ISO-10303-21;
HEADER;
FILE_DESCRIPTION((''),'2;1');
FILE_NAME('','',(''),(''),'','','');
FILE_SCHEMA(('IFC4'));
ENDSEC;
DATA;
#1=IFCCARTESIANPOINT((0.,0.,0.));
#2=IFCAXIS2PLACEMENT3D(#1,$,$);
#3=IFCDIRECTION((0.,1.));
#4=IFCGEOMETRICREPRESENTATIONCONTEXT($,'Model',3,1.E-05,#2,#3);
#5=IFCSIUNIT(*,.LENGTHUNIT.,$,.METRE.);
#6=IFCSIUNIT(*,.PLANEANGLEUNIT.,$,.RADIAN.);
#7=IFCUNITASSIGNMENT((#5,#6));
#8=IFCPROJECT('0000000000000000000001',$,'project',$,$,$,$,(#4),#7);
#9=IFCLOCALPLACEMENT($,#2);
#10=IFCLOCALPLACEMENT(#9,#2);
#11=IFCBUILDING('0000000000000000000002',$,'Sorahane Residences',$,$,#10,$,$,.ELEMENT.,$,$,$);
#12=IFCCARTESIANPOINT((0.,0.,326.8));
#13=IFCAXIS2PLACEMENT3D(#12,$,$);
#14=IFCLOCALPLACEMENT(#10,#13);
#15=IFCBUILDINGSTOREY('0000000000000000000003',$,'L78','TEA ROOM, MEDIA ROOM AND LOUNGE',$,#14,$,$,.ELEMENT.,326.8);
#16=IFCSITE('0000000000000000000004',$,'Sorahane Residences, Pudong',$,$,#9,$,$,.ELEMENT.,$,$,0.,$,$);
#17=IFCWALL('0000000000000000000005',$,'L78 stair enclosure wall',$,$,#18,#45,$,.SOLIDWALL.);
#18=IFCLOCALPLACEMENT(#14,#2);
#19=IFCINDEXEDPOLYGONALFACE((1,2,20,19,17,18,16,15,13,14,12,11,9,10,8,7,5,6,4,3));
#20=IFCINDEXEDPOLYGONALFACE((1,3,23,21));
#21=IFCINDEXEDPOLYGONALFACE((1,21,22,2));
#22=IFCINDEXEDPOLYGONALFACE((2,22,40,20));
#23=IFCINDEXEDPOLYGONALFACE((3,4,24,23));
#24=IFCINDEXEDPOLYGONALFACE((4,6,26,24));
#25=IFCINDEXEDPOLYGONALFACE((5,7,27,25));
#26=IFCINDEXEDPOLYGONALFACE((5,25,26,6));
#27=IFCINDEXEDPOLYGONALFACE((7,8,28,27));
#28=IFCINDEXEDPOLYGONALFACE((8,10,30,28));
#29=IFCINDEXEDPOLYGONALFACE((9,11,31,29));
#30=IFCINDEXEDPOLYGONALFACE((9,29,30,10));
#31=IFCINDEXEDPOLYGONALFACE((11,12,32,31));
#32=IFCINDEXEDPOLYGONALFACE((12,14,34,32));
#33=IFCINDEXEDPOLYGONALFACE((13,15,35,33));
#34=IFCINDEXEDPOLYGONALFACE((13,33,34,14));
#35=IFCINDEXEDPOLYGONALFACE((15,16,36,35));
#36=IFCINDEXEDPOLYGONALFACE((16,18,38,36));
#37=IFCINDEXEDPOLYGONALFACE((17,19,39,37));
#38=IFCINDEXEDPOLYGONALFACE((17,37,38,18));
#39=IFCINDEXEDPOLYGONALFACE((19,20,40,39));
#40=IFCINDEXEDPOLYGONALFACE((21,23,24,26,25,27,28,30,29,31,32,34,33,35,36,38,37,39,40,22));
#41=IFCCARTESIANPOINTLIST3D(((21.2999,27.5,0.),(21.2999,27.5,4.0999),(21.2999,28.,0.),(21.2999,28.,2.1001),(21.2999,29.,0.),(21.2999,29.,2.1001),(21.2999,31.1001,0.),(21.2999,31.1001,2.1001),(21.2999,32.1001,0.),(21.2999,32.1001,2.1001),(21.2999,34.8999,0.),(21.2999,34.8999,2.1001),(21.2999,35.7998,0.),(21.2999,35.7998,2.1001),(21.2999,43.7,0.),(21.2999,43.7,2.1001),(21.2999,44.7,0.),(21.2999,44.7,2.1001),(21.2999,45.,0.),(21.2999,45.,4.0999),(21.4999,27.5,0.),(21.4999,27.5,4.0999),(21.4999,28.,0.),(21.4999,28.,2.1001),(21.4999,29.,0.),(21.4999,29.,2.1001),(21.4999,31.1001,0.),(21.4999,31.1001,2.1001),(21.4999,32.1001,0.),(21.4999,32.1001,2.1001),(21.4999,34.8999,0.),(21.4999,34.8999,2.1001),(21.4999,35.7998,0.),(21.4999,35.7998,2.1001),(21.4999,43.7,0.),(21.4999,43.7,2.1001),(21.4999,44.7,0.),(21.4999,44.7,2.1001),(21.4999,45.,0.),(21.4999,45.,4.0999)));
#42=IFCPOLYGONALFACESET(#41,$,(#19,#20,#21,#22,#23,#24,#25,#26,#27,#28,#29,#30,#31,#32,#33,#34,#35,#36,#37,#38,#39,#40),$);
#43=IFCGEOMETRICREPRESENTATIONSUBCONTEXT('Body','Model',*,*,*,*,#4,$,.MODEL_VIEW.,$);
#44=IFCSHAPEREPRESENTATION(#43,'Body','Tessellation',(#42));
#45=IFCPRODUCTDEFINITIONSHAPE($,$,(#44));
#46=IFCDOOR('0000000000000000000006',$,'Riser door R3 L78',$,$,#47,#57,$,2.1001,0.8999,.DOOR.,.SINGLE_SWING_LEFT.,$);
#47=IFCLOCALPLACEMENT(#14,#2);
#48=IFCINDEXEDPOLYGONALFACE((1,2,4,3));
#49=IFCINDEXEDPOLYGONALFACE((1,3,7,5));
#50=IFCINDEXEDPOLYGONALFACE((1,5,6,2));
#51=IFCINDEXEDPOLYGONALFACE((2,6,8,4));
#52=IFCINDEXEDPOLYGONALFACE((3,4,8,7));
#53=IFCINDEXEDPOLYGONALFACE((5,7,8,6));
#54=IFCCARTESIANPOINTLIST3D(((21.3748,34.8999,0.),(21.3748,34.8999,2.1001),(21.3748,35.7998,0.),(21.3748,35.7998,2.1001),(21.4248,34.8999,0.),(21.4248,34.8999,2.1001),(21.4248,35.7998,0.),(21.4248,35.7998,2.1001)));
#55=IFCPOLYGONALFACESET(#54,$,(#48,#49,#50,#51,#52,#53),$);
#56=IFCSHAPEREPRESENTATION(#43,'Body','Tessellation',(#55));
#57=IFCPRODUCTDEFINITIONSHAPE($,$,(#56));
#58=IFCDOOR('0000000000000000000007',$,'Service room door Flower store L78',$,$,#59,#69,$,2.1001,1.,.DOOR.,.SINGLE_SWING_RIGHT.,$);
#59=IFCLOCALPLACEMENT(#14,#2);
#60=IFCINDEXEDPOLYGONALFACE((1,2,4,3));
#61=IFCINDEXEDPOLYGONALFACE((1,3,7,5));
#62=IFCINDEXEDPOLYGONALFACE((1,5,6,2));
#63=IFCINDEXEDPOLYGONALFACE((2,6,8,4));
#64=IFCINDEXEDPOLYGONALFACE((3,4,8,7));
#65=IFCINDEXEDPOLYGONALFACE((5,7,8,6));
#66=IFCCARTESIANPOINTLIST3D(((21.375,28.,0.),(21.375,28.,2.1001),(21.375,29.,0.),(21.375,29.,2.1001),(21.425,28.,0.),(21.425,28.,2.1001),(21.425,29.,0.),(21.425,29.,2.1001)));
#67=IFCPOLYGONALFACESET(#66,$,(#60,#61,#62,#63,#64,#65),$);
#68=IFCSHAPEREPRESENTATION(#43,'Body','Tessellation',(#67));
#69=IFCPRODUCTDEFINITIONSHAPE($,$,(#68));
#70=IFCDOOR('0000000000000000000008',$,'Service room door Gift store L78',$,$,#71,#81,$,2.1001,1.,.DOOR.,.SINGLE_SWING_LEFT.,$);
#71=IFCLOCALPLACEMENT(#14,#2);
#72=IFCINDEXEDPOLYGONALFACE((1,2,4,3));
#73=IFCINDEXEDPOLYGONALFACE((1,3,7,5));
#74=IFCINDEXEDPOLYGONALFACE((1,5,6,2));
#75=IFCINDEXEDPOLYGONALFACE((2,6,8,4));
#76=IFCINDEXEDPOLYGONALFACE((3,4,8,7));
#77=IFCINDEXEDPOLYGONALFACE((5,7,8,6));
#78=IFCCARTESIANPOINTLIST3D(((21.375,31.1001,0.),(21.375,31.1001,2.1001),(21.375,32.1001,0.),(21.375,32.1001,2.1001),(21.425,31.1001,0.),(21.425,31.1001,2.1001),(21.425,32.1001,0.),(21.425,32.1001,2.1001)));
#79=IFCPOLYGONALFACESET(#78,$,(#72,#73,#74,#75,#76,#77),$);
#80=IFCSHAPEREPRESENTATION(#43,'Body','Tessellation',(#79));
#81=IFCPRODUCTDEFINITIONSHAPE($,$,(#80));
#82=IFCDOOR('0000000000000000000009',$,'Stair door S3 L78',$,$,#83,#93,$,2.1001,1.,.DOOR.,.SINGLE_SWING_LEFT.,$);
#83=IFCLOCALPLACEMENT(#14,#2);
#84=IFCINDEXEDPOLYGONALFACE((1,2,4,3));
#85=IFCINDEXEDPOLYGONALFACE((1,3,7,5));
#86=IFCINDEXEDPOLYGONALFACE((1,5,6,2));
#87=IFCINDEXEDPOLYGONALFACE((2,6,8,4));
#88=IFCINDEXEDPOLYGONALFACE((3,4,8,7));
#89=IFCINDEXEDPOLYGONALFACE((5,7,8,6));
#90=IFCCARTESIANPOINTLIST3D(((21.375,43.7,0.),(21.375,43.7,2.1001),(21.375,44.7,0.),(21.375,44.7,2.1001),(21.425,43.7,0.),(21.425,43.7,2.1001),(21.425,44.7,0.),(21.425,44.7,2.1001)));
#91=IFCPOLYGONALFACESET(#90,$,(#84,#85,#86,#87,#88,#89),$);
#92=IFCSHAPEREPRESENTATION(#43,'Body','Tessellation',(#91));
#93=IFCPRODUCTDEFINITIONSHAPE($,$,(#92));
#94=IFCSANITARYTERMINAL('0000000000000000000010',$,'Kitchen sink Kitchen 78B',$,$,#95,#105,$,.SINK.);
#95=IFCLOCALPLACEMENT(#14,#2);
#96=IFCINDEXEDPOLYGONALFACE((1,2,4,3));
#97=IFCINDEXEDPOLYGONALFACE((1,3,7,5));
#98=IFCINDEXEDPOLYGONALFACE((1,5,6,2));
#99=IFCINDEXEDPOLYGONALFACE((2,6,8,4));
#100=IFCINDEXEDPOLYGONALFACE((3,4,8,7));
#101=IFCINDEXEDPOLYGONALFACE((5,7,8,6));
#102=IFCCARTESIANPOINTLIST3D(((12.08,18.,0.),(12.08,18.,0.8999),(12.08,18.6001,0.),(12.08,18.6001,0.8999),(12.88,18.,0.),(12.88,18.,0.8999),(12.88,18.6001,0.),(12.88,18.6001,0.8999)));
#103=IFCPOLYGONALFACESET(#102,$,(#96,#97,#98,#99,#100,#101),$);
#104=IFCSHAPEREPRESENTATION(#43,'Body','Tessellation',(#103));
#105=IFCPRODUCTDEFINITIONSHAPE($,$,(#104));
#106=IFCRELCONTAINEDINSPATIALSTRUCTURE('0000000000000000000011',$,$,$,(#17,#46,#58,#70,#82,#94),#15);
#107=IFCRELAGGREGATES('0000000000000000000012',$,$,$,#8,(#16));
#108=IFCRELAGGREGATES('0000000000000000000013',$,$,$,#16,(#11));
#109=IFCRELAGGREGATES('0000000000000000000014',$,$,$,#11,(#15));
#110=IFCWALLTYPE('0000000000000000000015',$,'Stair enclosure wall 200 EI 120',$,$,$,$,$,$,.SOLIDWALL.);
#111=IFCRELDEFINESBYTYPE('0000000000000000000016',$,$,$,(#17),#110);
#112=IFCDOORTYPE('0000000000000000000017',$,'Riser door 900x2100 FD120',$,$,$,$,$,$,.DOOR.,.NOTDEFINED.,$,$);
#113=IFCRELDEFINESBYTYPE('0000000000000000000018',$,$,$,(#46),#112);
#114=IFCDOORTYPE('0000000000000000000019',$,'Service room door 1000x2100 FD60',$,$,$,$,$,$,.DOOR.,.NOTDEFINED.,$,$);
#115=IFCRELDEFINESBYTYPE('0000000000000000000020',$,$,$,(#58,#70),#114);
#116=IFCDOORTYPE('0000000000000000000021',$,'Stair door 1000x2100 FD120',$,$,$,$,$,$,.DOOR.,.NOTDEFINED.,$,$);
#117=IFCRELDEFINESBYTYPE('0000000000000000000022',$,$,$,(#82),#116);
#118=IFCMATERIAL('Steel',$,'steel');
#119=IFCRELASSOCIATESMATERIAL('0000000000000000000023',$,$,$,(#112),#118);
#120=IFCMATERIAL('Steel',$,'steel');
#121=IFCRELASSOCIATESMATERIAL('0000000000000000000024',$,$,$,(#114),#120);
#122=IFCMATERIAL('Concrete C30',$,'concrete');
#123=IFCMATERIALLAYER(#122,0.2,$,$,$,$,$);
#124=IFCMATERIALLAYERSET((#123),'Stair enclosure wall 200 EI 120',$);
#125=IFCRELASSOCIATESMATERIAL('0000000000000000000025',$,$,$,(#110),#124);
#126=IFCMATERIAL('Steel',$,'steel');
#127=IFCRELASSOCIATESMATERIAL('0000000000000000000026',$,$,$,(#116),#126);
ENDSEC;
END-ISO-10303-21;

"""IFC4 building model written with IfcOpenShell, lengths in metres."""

from ifc_helpers import new_model, si_unit, direction, frame, frame_2d, origin, origin_2d, place, context, subcontext, project, spatial, rectangle, extrude, material, layer, layer_set, type_object, element, fill, save


model = new_model("IFC4")

# Units and contexts
model_context = context("Model", 3, precision=1e-05, world=origin(), true_north=direction((0.0, 1.0)))
body_context = subcontext(model_context, "Body", "Model", "MODEL_VIEW")
ifc_project = project(units=[si_unit("LENGTHUNIT", "METRE"), si_unit("PLANEANGLEUNIT", "RADIAN")], contexts=[model_context])

# Site, building, storey
site_placement = place(None, origin())
site = spatial("IfcSite", under=ifc_project, at=site_placement, Name="Sorahane Residences, Pudong", CompositionType="ELEMENT", RefElevation=0.0)
building_placement = place(site_placement, origin())
building = spatial("IfcBuilding", under=site, at=building_placement, Name="Sorahane Residences", CompositionType="ELEMENT")
storey_placement = place(building_placement, frame((0.0, 0.0, 326.8)))
storey = spatial("IfcBuildingStorey", under=building, at=storey_placement, Name="L78", Description="TEA ROOM, MEDIA ROOM AND LOUNGE", CompositionType="ELEMENT", Elevation=326.8)

# Shared definitions
ifc_material_1 = material(Name="Steel", Category="steel")
door_type_1 = type_object("IfcDoorType", Name="Riser door 900x2100 FD120", OperationType="NOTDEFINED", PredefinedType="DOOR", material=ifc_material_1)
ifc_material_2 = material(Name="Steel", Category="steel")
door_type_2 = type_object("IfcDoorType", Name="Service room door 1000x2100 FD60", OperationType="NOTDEFINED", PredefinedType="DOOR", material=ifc_material_2)

# Wall, openings, doors
ifc_material_3 = material(Name="Concrete C30", Category="concrete")
ifc_layer_1 = layer(ifc_material_3, 0.2)
ifc_layer_set_1 = layer_set([ifc_layer_1], Name="Stair enclosure wall 200 EI 120")
wall_type_1 = type_object("IfcWallType", Name="Stair enclosure wall 200 EI 120", PredefinedType="SOLIDWALL", material=ifc_layer_set_1)
wall_1_placement = place(storey_placement, frame((21.3999, 27.5, 0.0), z_axis=(0.0, 0.0, 1.0), x_axis=(0.0, 1.0, 0.0)))
wall_1 = element("IfcWall", 1, at=wall_1_placement, inside=storey, type_object=wall_type_1, Name="L78 stair enclosure wall", PredefinedType="SOLIDWALL", context=body_context, shape_type="SweptSolid", body=[
    extrude(rectangle(XDim=17.5, YDim=0.2, at=frame_2d((8.75, 0.0))), origin(), (0.0, 0.0, 1.0), 4.0999),
])
opening_1_placement = place(wall_1_placement, frame((0.5, 0.0, 0.0)))
opening_1 = element("IfcOpeningElement", 2, at=opening_1_placement, cuts=wall_1, PredefinedType="OPENING", context=body_context, shape_type="SweptSolid", body=[
    extrude(rectangle(XDim=1.0, YDim=2.1001, at=frame_2d((0.5, 1.05))), frame((0.0, 0.1099, 0.0), z_axis=(0.0, -1.0, 0.0), x_axis=(1.0, 0.0, 0.0)), (0.0, 0.0, 1.0), 0.22),
])
opening_2_placement = place(wall_1_placement, frame((3.6001, 0.0, 0.0)))
opening_2 = element("IfcOpeningElement", 3, at=opening_2_placement, cuts=wall_1, PredefinedType="OPENING", context=body_context, shape_type="SweptSolid", body=[
    extrude(rectangle(XDim=1.0, YDim=2.1001, at=frame_2d((0.5, 1.05))), frame((0.0, 0.1099, 0.0), z_axis=(0.0, -1.0, 0.0), x_axis=(1.0, 0.0, 0.0)), (0.0, 0.0, 1.0), 0.22),
])
opening_3_placement = place(wall_1_placement, frame((16.2, 0.0, 0.0)))
opening_3 = element("IfcOpeningElement", 4, at=opening_3_placement, cuts=wall_1, PredefinedType="OPENING", context=body_context, shape_type="SweptSolid", body=[
    extrude(rectangle(XDim=1.0, YDim=2.1001, at=frame_2d((0.5, 1.05))), frame((0.0, 0.1099, 0.0), z_axis=(0.0, -1.0, 0.0), x_axis=(1.0, 0.0, 0.0)), (0.0, 0.0, 1.0), 0.22),
])
opening_4_placement = place(wall_1_placement, frame((7.3999, 0.0, 0.0)))
opening_4 = element("IfcOpeningElement", 5, at=opening_4_placement, cuts=wall_1, PredefinedType="OPENING", context=body_context, shape_type="SweptSolid", body=[
    extrude(rectangle(XDim=0.8999, YDim=2.1001, at=frame_2d((0.45, 1.05))), frame((0.0, 0.1099, 0.0), z_axis=(0.0, -1.0, 0.0), x_axis=(1.0, 0.0, 0.0)), (0.0, 0.0, 1.0), 0.22),
])
door_1_placement = place(opening_4_placement, frame((0.8999, 0.0, 0.0), z_axis=(0.0, 0.0, 1.0), x_axis=(-1.0, 0.0, 0.0)))
door_1 = element("IfcDoor", 6, at=door_1_placement, inside=storey, type_object=door_type_1, Name="Riser door R3 L78", OperationType="SINGLE_SWING_LEFT", OverallHeight=2.1001, OverallWidth=0.8999, PredefinedType="DOOR", context=body_context, shape_type="SweptSolid", body=[
    extrude(rectangle(XDim=0.8999, YDim=2.1001, at=frame_2d((0.45, 1.05))), frame((0.0, 0.0249, 0.0), z_axis=(0.0, -1.0, 0.0), x_axis=(1.0, 0.0, 0.0)), (0.0, 0.0, 1.0), 0.05),
])
fill(opening_4, door_1)
door_2_placement = place(opening_1_placement, origin())
door_2 = element("IfcDoor", 7, at=door_2_placement, inside=storey, type_object=door_type_2, Name="Service room door Flower store L78", OperationType="SINGLE_SWING_RIGHT", OverallHeight=2.1001, OverallWidth=1.0, PredefinedType="DOOR", context=body_context, shape_type="SweptSolid", body=[
    extrude(rectangle(XDim=1.0, YDim=2.1001, at=frame_2d((0.5, 1.05))), frame((0.0, 0.0249, 0.0), z_axis=(0.0, -1.0, 0.0), x_axis=(1.0, 0.0, 0.0)), (0.0, 0.0, 1.0), 0.05),
])
fill(opening_1, door_2)
door_3_placement = place(opening_2_placement, origin())
door_3 = element("IfcDoor", 8, at=door_3_placement, inside=storey, type_object=door_type_2, Name="Service room door Gift store L78", OperationType="SINGLE_SWING_LEFT", OverallHeight=2.1001, OverallWidth=1.0, PredefinedType="DOOR", context=body_context, shape_type="SweptSolid", body=[
    extrude(rectangle(XDim=1.0, YDim=2.1001, at=frame_2d((0.5, 1.05))), frame((0.0, 0.0249, 0.0), z_axis=(0.0, -1.0, 0.0), x_axis=(1.0, 0.0, 0.0)), (0.0, 0.0, 1.0), 0.05),
])
fill(opening_2, door_3)
ifc_material_4 = material(Name="Steel", Category="steel")
door_type_3 = type_object("IfcDoorType", Name="Stair door 1000x2100 FD120", OperationType="NOTDEFINED", PredefinedType="DOOR", material=ifc_material_4)
door_4_placement = place(opening_3_placement, origin())
door_4 = element("IfcDoor", 9, at=door_4_placement, inside=storey, type_object=door_type_3, Name="Stair door S3 L78", OperationType="SINGLE_SWING_LEFT", OverallHeight=2.1001, OverallWidth=1.0, PredefinedType="DOOR", context=body_context, shape_type="SweptSolid", body=[
    extrude(rectangle(XDim=1.0, YDim=2.1001, at=frame_2d((0.5, 1.05))), frame((0.0, 0.0249, 0.0), z_axis=(0.0, -1.0, 0.0), x_axis=(1.0, 0.0, 0.0)), (0.0, 0.0, 1.0), 0.05),
])
fill(opening_3, door_4)

# Sanitary terminal
sanitary_terminal_placement = place(storey_placement, frame((12.48, 18.3, 0.0), z_axis=(0.0, 0.0, 1.0), x_axis=(1.0, 0.0, 0.0)))
element("IfcSanitaryTerminal", 10, at=sanitary_terminal_placement, inside=storey, Name="Kitchen sink Kitchen 78B", PredefinedType="SINK", context=body_context, shape_type="SweptSolid", body=[
    extrude(rectangle(XDim=0.8, YDim=0.6001, at=origin_2d()), origin(), (0.0, 0.0, 1.0), 0.8999),
])

save(model, "model.ifc")
